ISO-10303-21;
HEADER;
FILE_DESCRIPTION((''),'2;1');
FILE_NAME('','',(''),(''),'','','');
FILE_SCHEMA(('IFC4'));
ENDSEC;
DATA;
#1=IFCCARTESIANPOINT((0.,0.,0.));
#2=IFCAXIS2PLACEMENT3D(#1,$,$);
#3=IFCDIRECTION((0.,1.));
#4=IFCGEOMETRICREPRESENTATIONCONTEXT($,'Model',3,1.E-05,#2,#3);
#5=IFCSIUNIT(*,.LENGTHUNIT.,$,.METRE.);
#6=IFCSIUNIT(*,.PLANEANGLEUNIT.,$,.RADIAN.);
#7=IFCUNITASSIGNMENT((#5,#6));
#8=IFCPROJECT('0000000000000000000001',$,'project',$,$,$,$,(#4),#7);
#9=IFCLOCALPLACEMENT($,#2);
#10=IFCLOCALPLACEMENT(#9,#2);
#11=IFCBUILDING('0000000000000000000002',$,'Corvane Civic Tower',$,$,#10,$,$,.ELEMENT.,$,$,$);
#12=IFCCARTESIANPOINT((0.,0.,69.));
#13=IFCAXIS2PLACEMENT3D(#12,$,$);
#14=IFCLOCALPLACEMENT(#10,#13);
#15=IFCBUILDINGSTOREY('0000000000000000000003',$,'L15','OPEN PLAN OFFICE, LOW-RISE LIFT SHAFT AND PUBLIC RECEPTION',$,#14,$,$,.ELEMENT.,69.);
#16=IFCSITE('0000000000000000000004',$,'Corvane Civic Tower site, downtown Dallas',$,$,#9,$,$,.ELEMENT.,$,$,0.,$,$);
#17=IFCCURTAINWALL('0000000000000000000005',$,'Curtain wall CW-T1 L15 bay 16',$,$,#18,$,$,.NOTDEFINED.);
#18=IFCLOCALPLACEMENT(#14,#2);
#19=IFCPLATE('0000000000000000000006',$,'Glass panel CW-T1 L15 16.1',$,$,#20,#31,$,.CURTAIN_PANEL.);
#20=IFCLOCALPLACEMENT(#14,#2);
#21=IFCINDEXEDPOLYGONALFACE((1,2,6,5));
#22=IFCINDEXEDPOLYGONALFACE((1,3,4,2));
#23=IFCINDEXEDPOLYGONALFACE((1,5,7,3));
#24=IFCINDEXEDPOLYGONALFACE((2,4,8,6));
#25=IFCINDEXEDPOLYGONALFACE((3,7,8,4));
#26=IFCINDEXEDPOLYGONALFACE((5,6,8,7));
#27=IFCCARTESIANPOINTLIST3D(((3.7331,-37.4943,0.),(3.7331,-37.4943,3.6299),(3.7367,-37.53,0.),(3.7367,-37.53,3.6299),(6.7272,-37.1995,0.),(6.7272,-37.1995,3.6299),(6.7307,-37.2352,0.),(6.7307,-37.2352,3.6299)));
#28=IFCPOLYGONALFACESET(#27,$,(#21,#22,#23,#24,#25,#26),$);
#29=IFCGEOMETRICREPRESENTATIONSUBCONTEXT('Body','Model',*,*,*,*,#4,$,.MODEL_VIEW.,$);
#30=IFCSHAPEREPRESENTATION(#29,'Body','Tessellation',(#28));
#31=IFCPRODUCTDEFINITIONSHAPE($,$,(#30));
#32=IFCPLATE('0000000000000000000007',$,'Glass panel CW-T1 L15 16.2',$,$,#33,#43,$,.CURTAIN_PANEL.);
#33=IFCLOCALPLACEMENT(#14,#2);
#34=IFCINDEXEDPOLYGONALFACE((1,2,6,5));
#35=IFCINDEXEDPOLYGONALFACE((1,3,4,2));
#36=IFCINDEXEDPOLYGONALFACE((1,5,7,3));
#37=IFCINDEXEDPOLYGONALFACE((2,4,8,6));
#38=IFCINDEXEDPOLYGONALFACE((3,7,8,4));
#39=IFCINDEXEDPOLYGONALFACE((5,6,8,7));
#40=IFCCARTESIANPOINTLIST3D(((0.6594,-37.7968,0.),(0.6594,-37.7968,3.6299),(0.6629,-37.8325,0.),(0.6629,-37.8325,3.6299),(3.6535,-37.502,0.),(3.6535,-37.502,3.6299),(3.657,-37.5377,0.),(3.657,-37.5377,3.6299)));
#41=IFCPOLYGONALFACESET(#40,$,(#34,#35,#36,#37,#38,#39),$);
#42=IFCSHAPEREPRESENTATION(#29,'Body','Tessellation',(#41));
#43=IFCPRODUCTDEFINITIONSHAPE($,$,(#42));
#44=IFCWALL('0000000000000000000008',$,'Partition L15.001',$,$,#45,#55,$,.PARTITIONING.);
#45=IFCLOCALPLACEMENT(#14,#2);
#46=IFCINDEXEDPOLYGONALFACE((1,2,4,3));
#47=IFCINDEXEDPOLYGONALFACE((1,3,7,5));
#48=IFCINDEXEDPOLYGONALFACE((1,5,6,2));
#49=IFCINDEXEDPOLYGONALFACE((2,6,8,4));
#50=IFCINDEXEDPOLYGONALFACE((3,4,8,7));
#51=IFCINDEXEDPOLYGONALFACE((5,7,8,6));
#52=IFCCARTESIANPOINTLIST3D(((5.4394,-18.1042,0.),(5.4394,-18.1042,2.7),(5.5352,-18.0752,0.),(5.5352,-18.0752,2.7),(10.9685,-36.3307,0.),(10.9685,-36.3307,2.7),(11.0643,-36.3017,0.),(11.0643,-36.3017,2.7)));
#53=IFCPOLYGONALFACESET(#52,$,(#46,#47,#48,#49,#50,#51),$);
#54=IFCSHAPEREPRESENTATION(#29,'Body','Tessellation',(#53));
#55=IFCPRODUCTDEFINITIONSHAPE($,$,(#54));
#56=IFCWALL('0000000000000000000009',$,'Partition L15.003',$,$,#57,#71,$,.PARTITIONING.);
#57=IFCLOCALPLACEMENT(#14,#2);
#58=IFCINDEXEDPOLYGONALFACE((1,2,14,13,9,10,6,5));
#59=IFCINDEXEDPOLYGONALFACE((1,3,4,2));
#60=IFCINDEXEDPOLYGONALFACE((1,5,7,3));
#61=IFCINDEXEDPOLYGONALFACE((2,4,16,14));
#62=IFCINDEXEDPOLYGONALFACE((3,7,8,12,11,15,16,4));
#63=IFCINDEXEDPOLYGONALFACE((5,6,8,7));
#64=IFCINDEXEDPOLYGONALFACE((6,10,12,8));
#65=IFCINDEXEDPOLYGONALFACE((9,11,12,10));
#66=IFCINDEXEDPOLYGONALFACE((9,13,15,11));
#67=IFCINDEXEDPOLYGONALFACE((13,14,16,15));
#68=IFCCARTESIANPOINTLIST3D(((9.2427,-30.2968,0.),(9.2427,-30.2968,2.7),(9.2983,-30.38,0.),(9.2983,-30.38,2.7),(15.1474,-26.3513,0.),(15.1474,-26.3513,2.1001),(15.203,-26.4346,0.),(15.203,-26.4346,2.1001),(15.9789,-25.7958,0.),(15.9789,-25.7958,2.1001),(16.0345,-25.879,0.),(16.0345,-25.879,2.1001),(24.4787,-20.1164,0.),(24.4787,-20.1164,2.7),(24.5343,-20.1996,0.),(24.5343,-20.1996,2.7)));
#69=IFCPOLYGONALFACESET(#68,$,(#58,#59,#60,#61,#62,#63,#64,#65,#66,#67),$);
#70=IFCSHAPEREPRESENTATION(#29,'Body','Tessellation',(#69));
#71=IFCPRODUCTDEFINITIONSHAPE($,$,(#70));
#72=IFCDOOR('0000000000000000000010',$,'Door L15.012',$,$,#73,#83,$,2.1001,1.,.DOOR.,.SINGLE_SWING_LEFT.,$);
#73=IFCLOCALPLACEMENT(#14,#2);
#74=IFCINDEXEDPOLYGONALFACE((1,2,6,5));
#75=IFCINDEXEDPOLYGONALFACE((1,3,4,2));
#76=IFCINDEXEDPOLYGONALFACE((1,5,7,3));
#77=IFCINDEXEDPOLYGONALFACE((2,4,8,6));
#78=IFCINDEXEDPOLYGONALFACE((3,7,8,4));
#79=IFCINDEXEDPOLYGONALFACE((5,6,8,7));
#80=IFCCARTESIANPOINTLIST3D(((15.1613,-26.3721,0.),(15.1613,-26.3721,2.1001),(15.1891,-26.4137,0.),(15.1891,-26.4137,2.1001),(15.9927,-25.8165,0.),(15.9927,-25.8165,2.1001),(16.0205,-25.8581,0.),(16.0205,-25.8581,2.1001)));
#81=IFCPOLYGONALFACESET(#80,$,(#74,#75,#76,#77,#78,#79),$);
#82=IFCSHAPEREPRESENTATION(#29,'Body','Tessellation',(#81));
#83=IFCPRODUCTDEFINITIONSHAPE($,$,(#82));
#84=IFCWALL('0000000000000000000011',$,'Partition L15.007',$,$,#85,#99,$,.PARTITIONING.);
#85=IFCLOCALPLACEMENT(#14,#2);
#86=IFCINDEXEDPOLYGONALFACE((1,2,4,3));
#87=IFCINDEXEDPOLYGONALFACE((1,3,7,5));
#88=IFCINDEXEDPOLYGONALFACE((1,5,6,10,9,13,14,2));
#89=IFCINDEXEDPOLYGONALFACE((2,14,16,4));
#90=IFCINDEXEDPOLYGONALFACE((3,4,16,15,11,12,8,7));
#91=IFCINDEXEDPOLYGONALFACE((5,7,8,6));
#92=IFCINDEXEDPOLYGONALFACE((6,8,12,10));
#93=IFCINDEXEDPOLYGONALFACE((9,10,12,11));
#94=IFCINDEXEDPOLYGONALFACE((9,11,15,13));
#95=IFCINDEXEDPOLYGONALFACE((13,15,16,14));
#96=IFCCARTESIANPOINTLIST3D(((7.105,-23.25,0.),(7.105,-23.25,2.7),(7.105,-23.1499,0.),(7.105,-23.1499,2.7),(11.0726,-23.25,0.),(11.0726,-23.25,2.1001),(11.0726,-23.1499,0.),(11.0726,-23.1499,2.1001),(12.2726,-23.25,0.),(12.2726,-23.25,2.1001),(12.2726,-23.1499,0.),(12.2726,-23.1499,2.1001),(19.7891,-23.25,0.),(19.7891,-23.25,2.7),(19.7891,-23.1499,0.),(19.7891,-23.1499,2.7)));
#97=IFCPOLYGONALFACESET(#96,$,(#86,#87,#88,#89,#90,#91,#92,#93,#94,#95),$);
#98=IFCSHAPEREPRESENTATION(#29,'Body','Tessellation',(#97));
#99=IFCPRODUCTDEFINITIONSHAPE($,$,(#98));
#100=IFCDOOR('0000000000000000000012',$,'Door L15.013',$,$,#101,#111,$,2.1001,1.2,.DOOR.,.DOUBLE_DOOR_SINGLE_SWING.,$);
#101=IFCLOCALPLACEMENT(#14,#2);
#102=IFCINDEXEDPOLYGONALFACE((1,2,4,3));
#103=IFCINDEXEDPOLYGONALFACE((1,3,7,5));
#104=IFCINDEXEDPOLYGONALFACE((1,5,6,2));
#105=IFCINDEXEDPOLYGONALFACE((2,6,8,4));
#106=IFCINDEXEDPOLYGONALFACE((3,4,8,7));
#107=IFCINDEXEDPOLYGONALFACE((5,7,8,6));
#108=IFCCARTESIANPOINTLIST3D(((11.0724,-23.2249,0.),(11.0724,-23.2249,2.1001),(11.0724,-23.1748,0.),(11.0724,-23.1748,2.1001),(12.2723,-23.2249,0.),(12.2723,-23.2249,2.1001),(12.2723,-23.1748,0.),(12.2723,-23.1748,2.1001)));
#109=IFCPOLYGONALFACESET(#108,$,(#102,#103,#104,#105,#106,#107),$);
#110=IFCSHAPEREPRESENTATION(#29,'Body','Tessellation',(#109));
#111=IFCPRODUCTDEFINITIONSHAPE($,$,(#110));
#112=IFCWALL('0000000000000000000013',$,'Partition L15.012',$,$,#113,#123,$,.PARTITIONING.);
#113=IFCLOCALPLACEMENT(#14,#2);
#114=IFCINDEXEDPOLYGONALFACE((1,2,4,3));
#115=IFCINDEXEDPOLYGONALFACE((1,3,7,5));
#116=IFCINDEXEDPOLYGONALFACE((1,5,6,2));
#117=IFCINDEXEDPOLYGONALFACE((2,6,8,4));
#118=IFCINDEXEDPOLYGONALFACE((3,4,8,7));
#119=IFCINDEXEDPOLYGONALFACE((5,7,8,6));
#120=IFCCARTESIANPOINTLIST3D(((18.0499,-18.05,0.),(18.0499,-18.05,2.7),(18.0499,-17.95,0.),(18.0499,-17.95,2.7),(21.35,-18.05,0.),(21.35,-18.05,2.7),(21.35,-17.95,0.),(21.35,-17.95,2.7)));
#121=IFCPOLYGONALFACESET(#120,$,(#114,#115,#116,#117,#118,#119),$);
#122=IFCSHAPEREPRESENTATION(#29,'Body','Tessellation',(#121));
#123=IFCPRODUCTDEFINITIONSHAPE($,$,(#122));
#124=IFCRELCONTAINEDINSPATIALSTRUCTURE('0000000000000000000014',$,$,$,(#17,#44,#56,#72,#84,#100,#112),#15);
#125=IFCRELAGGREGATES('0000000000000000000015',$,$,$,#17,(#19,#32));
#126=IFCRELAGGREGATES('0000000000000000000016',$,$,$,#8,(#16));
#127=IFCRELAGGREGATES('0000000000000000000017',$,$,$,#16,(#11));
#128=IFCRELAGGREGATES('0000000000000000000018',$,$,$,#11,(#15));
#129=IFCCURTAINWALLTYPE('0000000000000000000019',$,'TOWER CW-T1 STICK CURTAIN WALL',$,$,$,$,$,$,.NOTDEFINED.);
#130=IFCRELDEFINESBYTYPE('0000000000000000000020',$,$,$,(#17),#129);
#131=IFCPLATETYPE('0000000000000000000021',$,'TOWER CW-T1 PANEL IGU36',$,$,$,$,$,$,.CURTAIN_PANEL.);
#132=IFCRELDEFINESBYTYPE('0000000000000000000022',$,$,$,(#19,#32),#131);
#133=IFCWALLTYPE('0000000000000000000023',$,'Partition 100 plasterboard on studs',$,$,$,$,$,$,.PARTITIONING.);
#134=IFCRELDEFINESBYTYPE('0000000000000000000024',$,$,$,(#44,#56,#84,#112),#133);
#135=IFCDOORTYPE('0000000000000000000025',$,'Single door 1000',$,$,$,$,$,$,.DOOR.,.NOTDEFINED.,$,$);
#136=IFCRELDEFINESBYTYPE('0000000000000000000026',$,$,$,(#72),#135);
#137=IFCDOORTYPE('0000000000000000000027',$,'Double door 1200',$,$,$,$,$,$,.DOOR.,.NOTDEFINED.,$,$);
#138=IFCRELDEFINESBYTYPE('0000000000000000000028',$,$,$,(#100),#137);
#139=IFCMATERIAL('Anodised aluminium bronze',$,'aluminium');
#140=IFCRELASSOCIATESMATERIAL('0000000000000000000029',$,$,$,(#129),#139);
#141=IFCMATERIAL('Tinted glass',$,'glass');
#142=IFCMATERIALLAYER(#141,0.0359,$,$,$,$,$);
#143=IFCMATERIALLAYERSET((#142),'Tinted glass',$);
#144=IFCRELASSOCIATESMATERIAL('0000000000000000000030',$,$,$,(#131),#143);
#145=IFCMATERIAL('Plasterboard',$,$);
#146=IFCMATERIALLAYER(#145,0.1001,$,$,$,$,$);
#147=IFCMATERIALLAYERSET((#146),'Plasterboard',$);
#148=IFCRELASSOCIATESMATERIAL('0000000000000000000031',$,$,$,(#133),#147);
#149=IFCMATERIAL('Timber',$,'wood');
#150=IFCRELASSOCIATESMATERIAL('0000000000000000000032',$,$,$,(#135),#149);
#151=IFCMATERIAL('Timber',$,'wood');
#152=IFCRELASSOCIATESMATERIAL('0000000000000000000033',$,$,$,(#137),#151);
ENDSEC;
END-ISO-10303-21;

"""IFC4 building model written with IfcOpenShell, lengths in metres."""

from ifc_helpers import new_model, si_unit, direction, frame, frame_2d, origin, origin_2d, place, context, subcontext, project, spatial, rectangle, extrude, material, layer, layer_set, type_object, element, fill, aggregate, save


model = new_model("IFC4")

# Units and contexts
model_context = context("Model", 3, precision=1e-05, world=origin(), true_north=direction((0.0, 1.0)))
body_context = subcontext(model_context, "Body", "Model", "MODEL_VIEW")
ifc_project = project(units=[si_unit("LENGTHUNIT", "METRE"), si_unit("PLANEANGLEUNIT", "RADIAN")], contexts=[model_context])

# Site, building, storey
site_placement = place(None, origin())
site = spatial("IfcSite", under=ifc_project, at=site_placement, Name="Corvane Civic Tower site, downtown Dallas", CompositionType="ELEMENT", RefElevation=0.0)
building_placement = place(site_placement, origin())
building = spatial("IfcBuilding", under=site, at=building_placement, Name="Corvane Civic Tower", CompositionType="ELEMENT")
storey_placement = place(building_placement, frame((0.0, 0.0, 69.0)))
storey = spatial("IfcBuildingStorey", under=building, at=storey_placement, Name="L15", Description="OPEN PLAN OFFICE, LOW-RISE LIFT SHAFT AND PUBLIC RECEPTION", CompositionType="ELEMENT", Elevation=69.0)

# Shared definitions
ifc_material_1 = material(Name="Anodised aluminium bronze", Category="aluminium")
curtain_wall_type = type_object("IfcCurtainWallType", Name="TOWER CW-T1 STICK CURTAIN WALL", PredefinedType="NOTDEFINED", material=ifc_material_1)

# Curtain wall
curtain_wall_1_placement = place(storey_placement, origin())
curtain_wall_1 = element("IfcCurtainWall", 1, at=curtain_wall_1_placement, inside=storey, type_object=curtain_wall_type, Name="Curtain wall CW-T1 L15 bay 16", PredefinedType="NOTDEFINED")

# Plates
ifc_material_2 = material(Name="Tinted glass", Category="glass")
ifc_layer_1 = layer(ifc_material_2, 0.0359)
ifc_layer_set_1 = layer_set([ifc_layer_1], Name="Tinted glass")
plate_type = type_object("IfcPlateType", Name="TOWER CW-T1 PANEL IGU36", PredefinedType="CURTAIN_PANEL", material=ifc_layer_set_1)
plate_1_placement = place(storey_placement, frame((5.2319, -37.3647, 0.0), z_axis=(0.0, 0.0, 1.0), x_axis=(-0.995186, -0.098006, 0.0)))
plate_1 = element("IfcPlate", 2, at=plate_1_placement, type_object=plate_type, Name="Glass panel CW-T1 L15 16.1", PredefinedType="CURTAIN_PANEL", context=body_context, shape_type="SweptSolid", body=[
    extrude(rectangle(XDim=3.0085, YDim=0.0359, at=origin_2d()), origin(), (0.0, 0.0, 1.0), 3.6299),
])
plate_2_placement = place(storey_placement, frame((2.1582, -37.6672, 0.0), z_axis=(0.0, 0.0, 1.0), x_axis=(-0.995186, -0.098006, 0.0)))
plate_2 = element("IfcPlate", 3, at=plate_2_placement, type_object=plate_type, Name="Glass panel CW-T1 L15 16.2", PredefinedType="CURTAIN_PANEL", context=body_context, shape_type="SweptSolid", body=[
    extrude(rectangle(XDim=3.0085, YDim=0.0359, at=origin_2d()), origin(), (0.0, 0.0, 1.0), 3.6299),
])
aggregate(curtain_wall_1, [plate_1, plate_2])

# Wall
ifc_material_3 = material(Name="Plasterboard")
ifc_layer_2 = layer(ifc_material_3, 0.1001)
ifc_layer_set_2 = layer_set([ifc_layer_2], Name="Plasterboard")
wall_type_1 = type_object("IfcWallType", Name="Partition 100 plasterboard on studs", PredefinedType="PARTITIONING", material=ifc_layer_set_2)
wall_1_placement = place(storey_placement, frame((5.4873, -18.0896, 0.0), z_axis=(0.0, 0.0, 1.0), x_axis=(0.290289, -0.956939, 0.0)))
element("IfcWall", 4, at=wall_1_placement, inside=storey, type_object=wall_type_1, Name="Partition L15.001", PredefinedType="PARTITIONING", context=body_context, shape_type="SweptSolid", body=[
    extrude(rectangle(XDim=19.0466, YDim=0.1001, at=frame_2d((9.5234, 0.0))), origin(), (0.0, 0.0, 1.0), 2.7),
])

# Walls, openings, doors
wall_2_placement = place(storey_placement, frame((9.2705, -30.3384, 0.0), z_axis=(0.0, 0.0, 1.0), x_axis=(0.83147, 0.55557, 0.0)))
wall_2 = element("IfcWall", 5, at=wall_2_placement, inside=storey, type_object=wall_type_1, Name="Partition L15.003", PredefinedType="PARTITIONING", context=body_context, shape_type="SweptSolid", body=[
    extrude(rectangle(XDim=18.3242, YDim=0.1001, at=frame_2d((9.1621, 0.0))), origin(), (0.0, 0.0, 1.0), 2.7),
])
opening_1_placement = place(wall_2_placement, frame((7.1016, 0.0, 0.0)))
opening_1 = element("IfcOpeningElement", 6, at=opening_1_placement, cuts=wall_2, PredefinedType="OPENING", context=body_context, shape_type="SweptSolid", body=[
    extrude(rectangle(XDim=1.0, YDim=2.1001, at=frame_2d((0.5, 1.05))), frame((0.0, 0.0601, 0.0), z_axis=(0.0, -1.0, 0.0), x_axis=(1.0, 0.0, 0.0)), (0.0, 0.0, 1.0), 0.1201),
])
ifc_material_4 = material(Name="Timber", Category="wood")
door_type_1 = type_object("IfcDoorType", Name="Single door 1000", OperationType="NOTDEFINED", PredefinedType="DOOR", material=ifc_material_4)
door_1_placement = place(opening_1_placement, frame((1.0, 0.0, 0.0), z_axis=(0.0, 0.0, 1.0), x_axis=(-1.0, 0.0, 0.0)))
door_1 = element("IfcDoor", 7, at=door_1_placement, inside=storey, type_object=door_type_1, Name="Door L15.012", OperationType="SINGLE_SWING_LEFT", OverallHeight=2.1001, OverallWidth=1.0, PredefinedType="DOOR", context=body_context, shape_type="SweptSolid", body=[
    extrude(rectangle(XDim=1.0, YDim=2.1001, at=frame_2d((0.5, 1.05))), frame((0.0, 0.0249, 0.0), z_axis=(0.0, -1.0, 0.0), x_axis=(1.0, 0.0, 0.0)), (0.0, 0.0, 1.0), 0.05),
])
fill(opening_1, door_1)
wall_3_placement = place(storey_placement, frame((7.105, -23.2, 0.0), z_axis=(0.0, 0.0, 1.0), x_axis=(1.0, 0.0, 0.0)))
wall_3 = element("IfcWall", 8, at=wall_3_placement, inside=storey, type_object=wall_type_1, Name="Partition L15.007", PredefinedType="PARTITIONING", context=body_context, shape_type="SweptSolid", body=[
    extrude(rectangle(XDim=12.6841, YDim=0.1001, at=frame_2d((6.342, 0.0))), origin(), (0.0, 0.0, 1.0), 2.7),
])
opening_2_placement = place(wall_3_placement, frame((3.9675, 0.0, 0.0)))
opening_2 = element("IfcOpeningElement", 9, at=opening_2_placement, cuts=wall_3, PredefinedType="OPENING", context=body_context, shape_type="SweptSolid", body=[
    extrude(rectangle(XDim=1.2, YDim=2.1001, at=frame_2d((0.6001, 1.05))), frame((0.0, 0.0601, 0.0), z_axis=(0.0, -1.0, 0.0), x_axis=(1.0, 0.0, 0.0)), (0.0, 0.0, 1.0), 0.1201),
])
ifc_material_5 = material(Name="Timber", Category="wood")
door_type_2 = type_object("IfcDoorType", Name="Double door 1200", OperationType="NOTDEFINED", PredefinedType="DOOR", material=ifc_material_5)
door_2_placement = place(opening_2_placement, frame((1.2, 0.0, 0.0), z_axis=(0.0, 0.0, 1.0), x_axis=(-1.0, 0.0, 0.0)))
door_2 = element("IfcDoor", 10, at=door_2_placement, inside=storey, type_object=door_type_2, Name="Door L15.013", OperationType="DOUBLE_DOOR_SINGLE_SWING", OverallHeight=2.1001, OverallWidth=1.2, PredefinedType="DOOR", context=body_context, shape_type="SweptSolid", body=[
    extrude(rectangle(XDim=1.2, YDim=2.1001, at=frame_2d((0.6001, 1.05))), frame((0.0, 0.0249, 0.0), z_axis=(0.0, -1.0, 0.0), x_axis=(1.0, 0.0, 0.0)), (0.0, 0.0, 1.0), 0.05),
])
fill(opening_2, door_2)

# Wall
wall_4_placement = place(storey_placement, frame((18.05, -18.0, 0.0), z_axis=(0.0, 0.0, 1.0), x_axis=(1.0, 0.0, 0.0)))
element("IfcWall", 11, at=wall_4_placement, inside=storey, type_object=wall_type_1, Name="Partition L15.012", PredefinedType="PARTITIONING", context=body_context, shape_type="SweptSolid", body=[
    extrude(rectangle(XDim=3.3, YDim=0.1001, at=frame_2d((1.6499, 0.0))), origin(), (0.0, 0.0, 1.0), 2.7),
])

save(model, "model.ifc")
